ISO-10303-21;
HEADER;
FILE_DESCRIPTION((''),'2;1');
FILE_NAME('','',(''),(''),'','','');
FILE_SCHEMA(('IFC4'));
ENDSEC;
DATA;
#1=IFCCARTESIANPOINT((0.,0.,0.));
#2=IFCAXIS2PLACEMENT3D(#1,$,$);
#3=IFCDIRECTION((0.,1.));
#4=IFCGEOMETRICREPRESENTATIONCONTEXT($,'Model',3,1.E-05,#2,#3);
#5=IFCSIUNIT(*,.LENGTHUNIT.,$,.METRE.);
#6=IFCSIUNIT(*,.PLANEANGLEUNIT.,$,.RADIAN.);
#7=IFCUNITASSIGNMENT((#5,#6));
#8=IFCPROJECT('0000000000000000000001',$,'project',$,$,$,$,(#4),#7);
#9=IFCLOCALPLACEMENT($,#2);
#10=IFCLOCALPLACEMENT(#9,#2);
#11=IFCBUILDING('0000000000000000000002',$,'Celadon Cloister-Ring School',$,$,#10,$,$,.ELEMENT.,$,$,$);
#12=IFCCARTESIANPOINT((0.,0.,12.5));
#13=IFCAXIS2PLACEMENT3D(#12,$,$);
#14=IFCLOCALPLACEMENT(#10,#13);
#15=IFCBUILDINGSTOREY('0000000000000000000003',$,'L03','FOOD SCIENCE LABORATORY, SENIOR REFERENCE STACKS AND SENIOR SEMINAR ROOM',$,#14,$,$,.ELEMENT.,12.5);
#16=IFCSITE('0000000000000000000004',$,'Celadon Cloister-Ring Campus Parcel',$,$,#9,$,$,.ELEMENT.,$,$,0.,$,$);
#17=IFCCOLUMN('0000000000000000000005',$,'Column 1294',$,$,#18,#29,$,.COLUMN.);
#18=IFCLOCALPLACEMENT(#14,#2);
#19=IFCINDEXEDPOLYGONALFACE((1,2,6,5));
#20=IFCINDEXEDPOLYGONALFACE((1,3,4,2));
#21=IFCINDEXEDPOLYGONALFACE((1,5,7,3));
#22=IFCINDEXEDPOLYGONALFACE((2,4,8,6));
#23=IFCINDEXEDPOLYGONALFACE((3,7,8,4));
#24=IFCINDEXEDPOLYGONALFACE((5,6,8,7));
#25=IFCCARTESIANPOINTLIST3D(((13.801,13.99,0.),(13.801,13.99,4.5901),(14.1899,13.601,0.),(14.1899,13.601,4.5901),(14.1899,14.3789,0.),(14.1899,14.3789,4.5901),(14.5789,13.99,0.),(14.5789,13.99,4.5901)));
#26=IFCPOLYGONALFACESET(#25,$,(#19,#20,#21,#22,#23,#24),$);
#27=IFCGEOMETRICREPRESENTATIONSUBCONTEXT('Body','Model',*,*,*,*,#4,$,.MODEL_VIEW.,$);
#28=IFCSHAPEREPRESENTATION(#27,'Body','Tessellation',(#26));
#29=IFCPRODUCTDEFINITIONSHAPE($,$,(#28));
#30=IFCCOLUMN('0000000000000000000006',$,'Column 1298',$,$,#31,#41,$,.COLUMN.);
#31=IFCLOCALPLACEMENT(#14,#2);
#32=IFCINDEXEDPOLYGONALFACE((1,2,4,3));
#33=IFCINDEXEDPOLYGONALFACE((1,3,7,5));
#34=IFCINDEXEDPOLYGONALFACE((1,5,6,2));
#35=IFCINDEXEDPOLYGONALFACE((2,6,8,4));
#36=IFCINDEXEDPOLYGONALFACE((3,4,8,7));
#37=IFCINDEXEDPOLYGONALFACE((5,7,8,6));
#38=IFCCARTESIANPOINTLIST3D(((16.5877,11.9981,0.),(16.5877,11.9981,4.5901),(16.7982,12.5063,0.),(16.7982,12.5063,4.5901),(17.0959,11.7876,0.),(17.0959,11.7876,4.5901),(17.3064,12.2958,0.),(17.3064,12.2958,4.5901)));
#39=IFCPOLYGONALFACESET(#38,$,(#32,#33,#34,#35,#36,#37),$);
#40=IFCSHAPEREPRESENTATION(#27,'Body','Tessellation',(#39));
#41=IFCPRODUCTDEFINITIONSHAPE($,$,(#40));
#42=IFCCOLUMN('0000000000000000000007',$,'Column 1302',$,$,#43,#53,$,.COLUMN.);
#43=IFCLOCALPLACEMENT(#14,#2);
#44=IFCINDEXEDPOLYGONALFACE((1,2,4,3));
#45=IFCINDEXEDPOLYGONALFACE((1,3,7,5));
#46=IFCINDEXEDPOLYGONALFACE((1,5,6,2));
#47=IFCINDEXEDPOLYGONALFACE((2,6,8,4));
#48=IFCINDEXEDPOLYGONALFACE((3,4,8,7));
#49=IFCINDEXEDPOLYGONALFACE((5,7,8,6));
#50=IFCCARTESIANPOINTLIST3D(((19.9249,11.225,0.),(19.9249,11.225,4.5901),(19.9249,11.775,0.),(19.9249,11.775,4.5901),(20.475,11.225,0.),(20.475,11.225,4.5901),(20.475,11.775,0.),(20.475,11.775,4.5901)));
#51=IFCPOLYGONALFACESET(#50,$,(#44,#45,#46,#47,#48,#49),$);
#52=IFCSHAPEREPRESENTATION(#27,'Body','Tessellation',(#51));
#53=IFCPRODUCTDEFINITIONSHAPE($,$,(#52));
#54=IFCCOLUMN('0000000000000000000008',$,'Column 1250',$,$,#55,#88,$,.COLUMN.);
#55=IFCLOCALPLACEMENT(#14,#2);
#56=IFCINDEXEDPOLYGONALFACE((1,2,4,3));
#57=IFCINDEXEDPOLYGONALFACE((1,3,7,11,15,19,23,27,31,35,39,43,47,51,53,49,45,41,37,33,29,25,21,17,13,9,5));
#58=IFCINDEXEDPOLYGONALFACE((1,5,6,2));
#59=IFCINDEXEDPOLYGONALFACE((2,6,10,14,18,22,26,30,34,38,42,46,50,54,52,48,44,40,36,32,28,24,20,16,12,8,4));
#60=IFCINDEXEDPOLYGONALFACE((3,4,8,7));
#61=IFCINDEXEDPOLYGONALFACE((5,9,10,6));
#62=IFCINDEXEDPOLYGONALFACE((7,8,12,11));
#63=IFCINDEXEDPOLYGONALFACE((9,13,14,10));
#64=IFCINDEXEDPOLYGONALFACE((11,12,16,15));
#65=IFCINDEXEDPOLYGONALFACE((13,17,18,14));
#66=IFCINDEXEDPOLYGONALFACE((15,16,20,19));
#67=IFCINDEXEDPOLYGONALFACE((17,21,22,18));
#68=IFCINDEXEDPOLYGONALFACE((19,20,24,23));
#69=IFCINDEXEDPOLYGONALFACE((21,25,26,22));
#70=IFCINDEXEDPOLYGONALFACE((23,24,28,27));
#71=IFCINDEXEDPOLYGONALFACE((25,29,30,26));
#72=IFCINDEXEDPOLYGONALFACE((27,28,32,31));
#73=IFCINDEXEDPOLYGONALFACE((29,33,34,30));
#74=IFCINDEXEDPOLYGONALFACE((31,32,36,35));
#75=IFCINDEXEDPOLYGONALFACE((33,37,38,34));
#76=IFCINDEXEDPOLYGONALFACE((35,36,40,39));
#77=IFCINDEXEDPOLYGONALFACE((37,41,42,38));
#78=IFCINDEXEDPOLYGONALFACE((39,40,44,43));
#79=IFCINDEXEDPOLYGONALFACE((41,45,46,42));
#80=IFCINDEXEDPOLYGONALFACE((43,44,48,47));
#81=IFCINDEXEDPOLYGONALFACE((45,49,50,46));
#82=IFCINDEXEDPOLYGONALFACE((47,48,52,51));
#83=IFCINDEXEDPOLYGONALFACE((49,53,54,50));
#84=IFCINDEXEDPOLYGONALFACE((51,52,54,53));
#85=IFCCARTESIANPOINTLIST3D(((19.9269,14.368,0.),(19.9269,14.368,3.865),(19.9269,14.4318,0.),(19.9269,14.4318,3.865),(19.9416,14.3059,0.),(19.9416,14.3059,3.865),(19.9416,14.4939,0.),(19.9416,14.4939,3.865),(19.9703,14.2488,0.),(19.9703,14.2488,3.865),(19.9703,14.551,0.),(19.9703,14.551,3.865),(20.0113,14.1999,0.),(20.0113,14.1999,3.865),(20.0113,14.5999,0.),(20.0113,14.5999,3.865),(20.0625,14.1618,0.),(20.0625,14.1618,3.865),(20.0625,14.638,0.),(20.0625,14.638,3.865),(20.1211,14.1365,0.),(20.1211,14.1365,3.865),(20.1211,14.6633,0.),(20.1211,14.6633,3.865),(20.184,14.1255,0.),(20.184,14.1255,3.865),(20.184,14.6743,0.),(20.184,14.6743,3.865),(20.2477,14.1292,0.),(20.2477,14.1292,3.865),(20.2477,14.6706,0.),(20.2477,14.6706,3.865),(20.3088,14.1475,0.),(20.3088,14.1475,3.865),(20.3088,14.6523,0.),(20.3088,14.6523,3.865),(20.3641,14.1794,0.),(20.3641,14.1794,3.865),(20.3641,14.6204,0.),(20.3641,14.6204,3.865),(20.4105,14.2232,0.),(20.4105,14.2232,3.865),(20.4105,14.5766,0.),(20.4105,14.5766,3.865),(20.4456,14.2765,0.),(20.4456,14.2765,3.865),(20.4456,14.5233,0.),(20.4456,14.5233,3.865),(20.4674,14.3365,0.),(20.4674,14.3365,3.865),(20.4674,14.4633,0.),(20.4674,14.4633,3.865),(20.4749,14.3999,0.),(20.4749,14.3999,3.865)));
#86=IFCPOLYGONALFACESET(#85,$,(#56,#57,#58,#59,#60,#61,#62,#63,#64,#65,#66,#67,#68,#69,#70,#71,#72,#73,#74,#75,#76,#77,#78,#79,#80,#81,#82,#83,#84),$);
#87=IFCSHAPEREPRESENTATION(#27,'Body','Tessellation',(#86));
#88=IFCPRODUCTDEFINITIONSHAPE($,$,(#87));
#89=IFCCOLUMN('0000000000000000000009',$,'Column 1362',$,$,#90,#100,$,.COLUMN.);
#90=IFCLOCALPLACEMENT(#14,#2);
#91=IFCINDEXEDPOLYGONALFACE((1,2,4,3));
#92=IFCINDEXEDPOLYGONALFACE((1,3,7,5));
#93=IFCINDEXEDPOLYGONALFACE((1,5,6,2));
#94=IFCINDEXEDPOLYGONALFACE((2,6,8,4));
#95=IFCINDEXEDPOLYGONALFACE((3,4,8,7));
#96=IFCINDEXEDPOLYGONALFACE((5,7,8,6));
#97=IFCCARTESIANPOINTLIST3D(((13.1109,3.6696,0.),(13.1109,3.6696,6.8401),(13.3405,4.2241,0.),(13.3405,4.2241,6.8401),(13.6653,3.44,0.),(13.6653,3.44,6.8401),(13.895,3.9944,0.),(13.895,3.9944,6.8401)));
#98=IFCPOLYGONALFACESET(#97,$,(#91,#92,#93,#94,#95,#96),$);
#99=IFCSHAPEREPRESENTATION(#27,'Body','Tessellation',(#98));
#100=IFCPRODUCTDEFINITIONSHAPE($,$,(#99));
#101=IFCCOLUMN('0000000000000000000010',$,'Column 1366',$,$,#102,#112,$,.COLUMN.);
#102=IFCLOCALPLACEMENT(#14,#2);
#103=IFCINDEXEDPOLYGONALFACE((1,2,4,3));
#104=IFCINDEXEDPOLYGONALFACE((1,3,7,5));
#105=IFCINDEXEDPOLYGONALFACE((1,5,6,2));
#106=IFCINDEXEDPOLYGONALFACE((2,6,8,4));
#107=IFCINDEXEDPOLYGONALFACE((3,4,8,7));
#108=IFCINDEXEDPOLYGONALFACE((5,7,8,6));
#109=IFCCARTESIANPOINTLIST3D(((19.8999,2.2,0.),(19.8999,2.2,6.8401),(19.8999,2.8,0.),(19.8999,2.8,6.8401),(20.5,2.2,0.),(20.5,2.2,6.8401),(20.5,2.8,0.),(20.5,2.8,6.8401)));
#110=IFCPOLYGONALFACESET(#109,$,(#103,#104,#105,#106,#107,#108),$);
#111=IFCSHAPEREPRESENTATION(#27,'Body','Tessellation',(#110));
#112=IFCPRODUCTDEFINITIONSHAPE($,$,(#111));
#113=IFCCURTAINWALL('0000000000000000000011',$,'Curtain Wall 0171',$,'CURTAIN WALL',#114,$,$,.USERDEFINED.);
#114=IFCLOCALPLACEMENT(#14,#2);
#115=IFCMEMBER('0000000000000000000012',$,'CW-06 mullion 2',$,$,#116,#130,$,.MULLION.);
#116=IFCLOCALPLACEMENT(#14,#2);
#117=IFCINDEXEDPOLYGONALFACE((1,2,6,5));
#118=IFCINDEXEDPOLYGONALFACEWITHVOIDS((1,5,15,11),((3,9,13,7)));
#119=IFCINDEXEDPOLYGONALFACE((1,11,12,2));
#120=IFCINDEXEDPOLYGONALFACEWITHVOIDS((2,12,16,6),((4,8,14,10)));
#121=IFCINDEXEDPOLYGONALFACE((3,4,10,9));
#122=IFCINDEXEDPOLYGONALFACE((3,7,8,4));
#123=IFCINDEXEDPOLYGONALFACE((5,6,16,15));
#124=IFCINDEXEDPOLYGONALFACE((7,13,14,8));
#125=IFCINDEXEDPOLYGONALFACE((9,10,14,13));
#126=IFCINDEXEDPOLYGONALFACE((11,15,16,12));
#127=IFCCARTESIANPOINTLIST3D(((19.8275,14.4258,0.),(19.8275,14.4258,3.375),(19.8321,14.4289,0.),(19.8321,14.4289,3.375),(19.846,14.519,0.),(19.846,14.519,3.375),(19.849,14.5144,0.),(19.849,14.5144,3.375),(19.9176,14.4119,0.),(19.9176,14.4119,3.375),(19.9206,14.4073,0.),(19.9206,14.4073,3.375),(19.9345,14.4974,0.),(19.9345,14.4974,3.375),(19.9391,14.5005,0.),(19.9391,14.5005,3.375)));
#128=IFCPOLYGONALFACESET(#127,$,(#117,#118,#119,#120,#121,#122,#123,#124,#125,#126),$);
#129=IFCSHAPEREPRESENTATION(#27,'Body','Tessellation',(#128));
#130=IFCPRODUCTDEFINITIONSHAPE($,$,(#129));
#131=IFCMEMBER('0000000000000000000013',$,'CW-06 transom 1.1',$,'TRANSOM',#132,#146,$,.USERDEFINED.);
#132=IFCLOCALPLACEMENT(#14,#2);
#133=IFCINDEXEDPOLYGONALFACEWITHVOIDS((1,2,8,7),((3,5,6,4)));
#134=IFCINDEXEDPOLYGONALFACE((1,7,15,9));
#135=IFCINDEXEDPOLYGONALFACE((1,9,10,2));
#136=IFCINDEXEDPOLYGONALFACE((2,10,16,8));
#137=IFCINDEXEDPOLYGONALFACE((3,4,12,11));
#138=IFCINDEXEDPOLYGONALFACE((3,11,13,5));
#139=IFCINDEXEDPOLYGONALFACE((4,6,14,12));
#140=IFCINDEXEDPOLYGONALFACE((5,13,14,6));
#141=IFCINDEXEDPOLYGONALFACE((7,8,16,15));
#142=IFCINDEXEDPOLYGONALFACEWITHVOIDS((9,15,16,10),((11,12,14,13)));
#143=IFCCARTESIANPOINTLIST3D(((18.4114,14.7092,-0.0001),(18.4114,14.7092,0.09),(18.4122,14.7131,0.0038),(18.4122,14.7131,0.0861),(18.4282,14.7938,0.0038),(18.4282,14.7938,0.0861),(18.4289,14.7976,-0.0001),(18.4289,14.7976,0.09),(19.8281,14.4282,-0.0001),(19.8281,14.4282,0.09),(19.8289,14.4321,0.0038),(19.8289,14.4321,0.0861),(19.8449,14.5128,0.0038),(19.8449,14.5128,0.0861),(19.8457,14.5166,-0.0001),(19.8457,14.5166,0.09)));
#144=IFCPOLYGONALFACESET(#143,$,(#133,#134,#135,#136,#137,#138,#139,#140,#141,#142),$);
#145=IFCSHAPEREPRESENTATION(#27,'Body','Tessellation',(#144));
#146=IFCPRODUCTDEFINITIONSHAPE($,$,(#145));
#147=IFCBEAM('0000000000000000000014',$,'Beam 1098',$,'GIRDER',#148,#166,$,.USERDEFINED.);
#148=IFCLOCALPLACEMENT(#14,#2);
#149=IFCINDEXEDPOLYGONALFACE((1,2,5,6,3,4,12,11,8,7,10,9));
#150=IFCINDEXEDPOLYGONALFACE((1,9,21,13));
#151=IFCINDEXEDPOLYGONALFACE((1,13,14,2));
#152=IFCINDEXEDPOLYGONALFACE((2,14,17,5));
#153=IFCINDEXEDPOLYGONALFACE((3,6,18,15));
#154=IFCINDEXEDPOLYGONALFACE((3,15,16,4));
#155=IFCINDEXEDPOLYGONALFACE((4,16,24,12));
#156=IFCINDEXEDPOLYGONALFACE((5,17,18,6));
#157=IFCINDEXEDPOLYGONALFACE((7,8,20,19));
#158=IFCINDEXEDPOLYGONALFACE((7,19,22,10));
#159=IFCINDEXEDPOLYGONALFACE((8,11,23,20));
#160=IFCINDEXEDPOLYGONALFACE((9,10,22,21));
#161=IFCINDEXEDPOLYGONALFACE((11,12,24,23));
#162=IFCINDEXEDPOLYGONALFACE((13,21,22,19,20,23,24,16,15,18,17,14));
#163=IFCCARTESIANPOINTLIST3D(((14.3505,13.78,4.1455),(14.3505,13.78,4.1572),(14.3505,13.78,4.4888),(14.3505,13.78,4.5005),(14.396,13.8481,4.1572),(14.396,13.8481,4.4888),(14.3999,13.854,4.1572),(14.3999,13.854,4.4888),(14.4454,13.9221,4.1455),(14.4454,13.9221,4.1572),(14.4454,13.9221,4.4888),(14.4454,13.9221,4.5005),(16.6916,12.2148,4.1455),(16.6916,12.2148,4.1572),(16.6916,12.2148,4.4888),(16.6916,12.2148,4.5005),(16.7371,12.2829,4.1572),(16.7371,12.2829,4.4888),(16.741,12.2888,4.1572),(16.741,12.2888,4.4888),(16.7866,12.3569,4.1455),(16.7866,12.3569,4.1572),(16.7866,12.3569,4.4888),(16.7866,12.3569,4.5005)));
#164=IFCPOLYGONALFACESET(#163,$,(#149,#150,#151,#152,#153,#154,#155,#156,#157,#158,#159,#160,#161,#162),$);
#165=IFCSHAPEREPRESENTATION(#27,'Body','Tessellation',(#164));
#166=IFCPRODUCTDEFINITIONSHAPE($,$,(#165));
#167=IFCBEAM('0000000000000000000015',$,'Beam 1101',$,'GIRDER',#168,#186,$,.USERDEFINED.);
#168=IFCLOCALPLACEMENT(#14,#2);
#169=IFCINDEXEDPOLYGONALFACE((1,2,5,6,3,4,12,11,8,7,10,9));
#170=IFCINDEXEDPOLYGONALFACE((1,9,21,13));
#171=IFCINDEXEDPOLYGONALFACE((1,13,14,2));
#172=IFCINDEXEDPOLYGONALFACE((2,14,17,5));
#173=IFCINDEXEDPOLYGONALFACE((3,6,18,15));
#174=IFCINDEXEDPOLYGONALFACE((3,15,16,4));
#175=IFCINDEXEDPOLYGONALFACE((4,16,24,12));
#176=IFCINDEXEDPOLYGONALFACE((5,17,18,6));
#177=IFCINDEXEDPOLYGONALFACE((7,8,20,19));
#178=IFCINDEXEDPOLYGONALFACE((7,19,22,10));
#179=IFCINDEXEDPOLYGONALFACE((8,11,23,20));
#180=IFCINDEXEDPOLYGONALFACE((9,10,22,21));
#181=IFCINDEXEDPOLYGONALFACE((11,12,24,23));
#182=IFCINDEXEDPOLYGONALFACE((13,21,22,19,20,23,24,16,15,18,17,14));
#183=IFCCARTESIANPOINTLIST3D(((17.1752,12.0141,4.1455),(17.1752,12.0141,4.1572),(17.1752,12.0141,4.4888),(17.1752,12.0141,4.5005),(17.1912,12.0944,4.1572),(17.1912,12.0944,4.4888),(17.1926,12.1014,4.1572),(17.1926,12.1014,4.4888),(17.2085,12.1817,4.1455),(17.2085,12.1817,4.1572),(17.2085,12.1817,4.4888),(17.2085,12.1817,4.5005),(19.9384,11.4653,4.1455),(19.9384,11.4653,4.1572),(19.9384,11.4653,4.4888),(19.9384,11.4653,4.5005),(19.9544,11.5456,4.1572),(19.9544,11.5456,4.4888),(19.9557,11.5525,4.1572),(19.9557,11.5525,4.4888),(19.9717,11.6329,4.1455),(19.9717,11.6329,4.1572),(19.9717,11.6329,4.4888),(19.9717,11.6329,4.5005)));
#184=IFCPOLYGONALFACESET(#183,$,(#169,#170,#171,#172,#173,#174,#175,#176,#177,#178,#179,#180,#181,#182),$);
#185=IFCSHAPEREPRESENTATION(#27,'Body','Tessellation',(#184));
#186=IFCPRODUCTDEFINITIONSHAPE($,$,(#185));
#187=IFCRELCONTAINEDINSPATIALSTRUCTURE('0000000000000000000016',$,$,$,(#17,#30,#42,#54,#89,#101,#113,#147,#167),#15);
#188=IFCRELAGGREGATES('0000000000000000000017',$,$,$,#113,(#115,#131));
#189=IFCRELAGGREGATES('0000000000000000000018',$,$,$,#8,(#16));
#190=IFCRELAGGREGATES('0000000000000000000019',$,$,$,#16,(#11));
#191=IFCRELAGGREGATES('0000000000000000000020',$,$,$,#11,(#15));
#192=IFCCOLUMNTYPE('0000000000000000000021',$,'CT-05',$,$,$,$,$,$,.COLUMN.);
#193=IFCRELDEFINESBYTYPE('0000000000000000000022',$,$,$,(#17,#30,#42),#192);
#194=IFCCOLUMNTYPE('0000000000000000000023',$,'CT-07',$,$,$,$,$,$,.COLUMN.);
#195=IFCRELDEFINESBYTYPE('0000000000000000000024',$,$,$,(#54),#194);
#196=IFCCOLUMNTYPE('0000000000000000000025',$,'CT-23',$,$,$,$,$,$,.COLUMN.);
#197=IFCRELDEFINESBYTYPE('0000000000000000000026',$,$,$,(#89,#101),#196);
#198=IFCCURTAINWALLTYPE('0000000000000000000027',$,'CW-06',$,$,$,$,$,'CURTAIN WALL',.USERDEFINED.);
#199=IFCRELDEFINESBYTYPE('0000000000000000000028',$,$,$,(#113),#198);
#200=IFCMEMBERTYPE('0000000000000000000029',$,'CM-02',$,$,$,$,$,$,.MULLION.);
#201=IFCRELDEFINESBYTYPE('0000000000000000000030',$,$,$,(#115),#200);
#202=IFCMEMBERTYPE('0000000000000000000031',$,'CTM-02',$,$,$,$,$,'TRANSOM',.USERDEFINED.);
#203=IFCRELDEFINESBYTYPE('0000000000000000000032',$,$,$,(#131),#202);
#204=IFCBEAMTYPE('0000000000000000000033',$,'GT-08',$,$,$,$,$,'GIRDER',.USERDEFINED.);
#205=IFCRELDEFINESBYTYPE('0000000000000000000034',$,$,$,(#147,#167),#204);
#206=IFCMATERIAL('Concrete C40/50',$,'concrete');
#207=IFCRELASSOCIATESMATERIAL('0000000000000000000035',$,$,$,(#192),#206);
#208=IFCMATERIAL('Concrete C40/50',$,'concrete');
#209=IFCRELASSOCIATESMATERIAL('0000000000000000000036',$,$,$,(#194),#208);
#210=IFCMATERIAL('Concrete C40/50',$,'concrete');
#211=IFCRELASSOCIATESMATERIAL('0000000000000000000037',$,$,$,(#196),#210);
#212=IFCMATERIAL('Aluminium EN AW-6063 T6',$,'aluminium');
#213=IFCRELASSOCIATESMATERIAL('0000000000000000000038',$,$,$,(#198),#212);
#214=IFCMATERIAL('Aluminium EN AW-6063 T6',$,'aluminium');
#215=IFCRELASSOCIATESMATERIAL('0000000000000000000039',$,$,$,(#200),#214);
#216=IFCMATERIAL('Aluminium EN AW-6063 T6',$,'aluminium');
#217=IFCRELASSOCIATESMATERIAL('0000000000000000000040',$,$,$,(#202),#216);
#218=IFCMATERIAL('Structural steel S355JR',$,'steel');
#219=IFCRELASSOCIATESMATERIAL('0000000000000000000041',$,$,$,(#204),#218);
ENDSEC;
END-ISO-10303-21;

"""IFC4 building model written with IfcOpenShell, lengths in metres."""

from ifc_helpers import new_model, si_unit, direction, frame, origin, origin_2d, place, context, subcontext, project, spatial, rectangle, hollow_rectangle, circle, i_section, extrude, material, material_profile, profile_set, type_object, element, aggregate, save


model = new_model("IFC4")

# Units and contexts
model_context = context("Model", 3, precision=1e-05, world=origin(), true_north=direction((0.0, 1.0)))
body_context = subcontext(model_context, "Body", "Model", "MODEL_VIEW")
ifc_project = project(units=[si_unit("LENGTHUNIT", "METRE"), si_unit("PLANEANGLEUNIT", "RADIAN")], contexts=[model_context])

# Site, building, storey
site_placement = place(None, origin())
site = spatial("IfcSite", under=ifc_project, at=site_placement, Name="Celadon Cloister-Ring Campus Parcel", CompositionType="ELEMENT", RefElevation=0.0)
building_placement = place(site_placement, origin())
building = spatial("IfcBuilding", under=site, at=building_placement, Name="Celadon Cloister-Ring School", CompositionType="ELEMENT")
storey_placement = place(building_placement, frame((0.0, 0.0, 12.5)))
storey = spatial("IfcBuildingStorey", under=building, at=storey_placement, Name="L03", Description="FOOD SCIENCE LABORATORY, SENIOR REFERENCE STACKS AND SENIOR SEMINAR ROOM", CompositionType="ELEMENT", Elevation=12.5)

# Columns
ifc_material_1 = material(Name="Concrete C40/50", Category="concrete")
ifc_material_profile_1 = material_profile(ifc_material_1, rectangle(XDim=0.55, YDim=0.55, at=origin_2d()), Name="RC550X550")
ifc_profile_set_1 = profile_set([ifc_material_profile_1], Name="Concrete C40/50")
column_type_1 = type_object("IfcColumnType", Name="CT-05", PredefinedType="COLUMN", material=ifc_profile_set_1)
for number, where, z_axis, x_axis, name in (
    (1, (14.1899, 13.99, 0.0), (0.0, 0.0, 1.0), (-0.707107, -0.707107, 0.0), "Column 1294"),
    (2, (16.947, 12.147, 0.0), (0.0, 0.0, 1.0), (-0.382683, -0.92388, 0.0), "Column 1298"),
    (3, (20.2, 11.5, 0.0), (0.0, 0.0, 1.0), (0.0, -1.0, 0.0), "Column 1302"),
):
    element("IfcColumn", number, at=place(storey_placement, frame(where, z_axis=z_axis, x_axis=x_axis)), inside=storey, type_object=column_type_1, Name=name, PredefinedType="COLUMN", context=body_context, shape_type="SweptSolid", body=[
        extrude(rectangle(XDim=0.55, YDim=0.55, at=origin_2d()), origin(), (0.0, 0.0, 1.0), 4.5901),
    ])
ifc_material_2 = material(Name="Concrete C40/50", Category="concrete")
ifc_material_profile_2 = material_profile(ifc_material_2, circle(Radius=0.2749, at=origin_2d()), Name="CIRC550")
ifc_profile_set_2 = profile_set([ifc_material_profile_2], Name="Concrete C40/50")
column_type_2 = type_object("IfcColumnType", Name="CT-07", PredefinedType="COLUMN", material=ifc_profile_set_2)
column_placement = place(storey_placement, frame((20.2, 14.3999, 0.0), z_axis=(0.0, 0.0, 1.0), x_axis=(1.0, 0.0, 0.0)))
element("IfcColumn", 4, at=column_placement, inside=storey, type_object=column_type_2, Name="Column 1250", PredefinedType="COLUMN", context=body_context, shape_type="SweptSolid", body=[
    extrude(circle(Radius=0.2749, at=origin_2d()), origin(), (0.0, 0.0, 1.0), 3.865),
])
ifc_material_3 = material(Name="Concrete C40/50", Category="concrete")
ifc_material_profile_3 = material_profile(ifc_material_3, rectangle(XDim=0.6001, YDim=0.6001, at=origin_2d()), Name="RC600X600")
ifc_profile_set_3 = profile_set([ifc_material_profile_3], Name="Concrete C40/50")
column_type_3 = type_object("IfcColumnType", Name="CT-23", PredefinedType="COLUMN", material=ifc_profile_set_3)
for number, where, z_axis, x_axis, name in (
    (5, (13.5029, 3.832, 0.0), (0.0, 0.0, 1.0), (-0.382683, -0.92388, 0.0), "Column 1362"),
    (6, (20.2, 2.5, 0.0), (0.0, 0.0, 1.0), (0.0, -1.0, 0.0), "Column 1366"),
):
    element("IfcColumn", number, at=place(storey_placement, frame(where, z_axis=z_axis, x_axis=x_axis)), inside=storey, type_object=column_type_3, Name=name, PredefinedType="COLUMN", context=body_context, shape_type="SweptSolid", body=[
        extrude(rectangle(XDim=0.6001, YDim=0.6001, at=origin_2d()), origin(), (0.0, 0.0, 1.0), 6.8401),
    ])

# Curtain wall, members
ifc_material_4 = material(Name="Aluminium EN AW-6063 T6", Category="aluminium")
curtain_wall_type = type_object("IfcCurtainWallType", Name="CW-06", ElementType="CURTAIN WALL", PredefinedType="USERDEFINED", material=ifc_material_4)
curtain_wall_placement = place(storey_placement, origin())
curtain_wall = element("IfcCurtainWall", 7, at=curtain_wall_placement, inside=storey, type_object=curtain_wall_type, Name="Curtain Wall 0171", ObjectType="CURTAIN WALL", PredefinedType="USERDEFINED")
ifc_material_5 = material(Name="Aluminium EN AW-6063 T6", Category="aluminium")
ifc_material_profile_4 = material_profile(ifc_material_5, hollow_rectangle(XDim=0.095, YDim=0.095, WallThickness=0.0039, at=origin_2d()), Name="RHS95X95X4")
ifc_profile_set_4 = profile_set([ifc_material_profile_4], Name="Aluminium EN AW-6063 T6")
member_type_1 = type_object("IfcMemberType", Name="CM-02", PredefinedType="MULLION", material=ifc_profile_set_4)
member_1_placement = place(storey_placement, frame((19.8833, 14.4631, 0.0), z_axis=(0.0, 0.0, 1.0), x_axis=(0.194586, 0.980885, 0.0)))
member_1 = element("IfcMember", 8, at=member_1_placement, type_object=member_type_1, Name="CW-06 mullion 2", PredefinedType="MULLION", context=body_context, shape_type="SweptSolid", body=[
    extrude(hollow_rectangle(XDim=0.095, YDim=0.095, WallThickness=0.0039, at=origin_2d()), origin(), (0.0, 0.0, 1.0), 3.375),
])
ifc_material_6 = material(Name="Aluminium EN AW-6063 T6", Category="aluminium")
ifc_material_profile_5 = material_profile(ifc_material_6, hollow_rectangle(XDim=0.0901, YDim=0.0901, WallThickness=0.0039, at=origin_2d()), Name="RHS90X90X4")
ifc_profile_set_5 = profile_set([ifc_material_profile_5], Name="Aluminium EN AW-6063 T6")
member_type_2 = type_object("IfcMemberType", Name="CTM-02", ElementType="TRANSOM", PredefinedType="USERDEFINED", material=ifc_profile_set_5)
member_2_placement = place(storey_placement, frame((18.4202, 14.7534, 0.0449), z_axis=(0.980891, -0.194556, 0.0), x_axis=(0.194556, 0.980891, 0.0)))
member_2 = element("IfcMember", 9, at=member_2_placement, type_object=member_type_2, Name="CW-06 transom 1.1", ObjectType="TRANSOM", PredefinedType="USERDEFINED", context=body_context, shape_type="SweptSolid", body=[
    extrude(hollow_rectangle(XDim=0.0901, YDim=0.0901, WallThickness=0.0039, at=origin_2d()), origin(), (0.0, 0.0, 1.0), 1.4443),
])

# Beams
ifc_material_7 = material(Name="Structural steel S355JR", Category="steel")
ifc_material_profile_6 = material_profile(ifc_material_7, i_section(OverallWidth=0.1709, OverallDepth=0.355, WebThickness=0.0071, FlangeThickness=0.0117, at=origin_2d()), Name="W360X51")
ifc_profile_set_6 = profile_set([ifc_material_profile_6], Name="Structural steel S355JR")
beam_type_1 = type_object("IfcBeamType", Name="GT-08", ElementType="GIRDER", PredefinedType="USERDEFINED", material=ifc_profile_set_6)
beam_1_placement = place(storey_placement, frame((14.3979, 13.8511, 4.323), z_axis=(0.831316, -0.5558, 0.0), x_axis=(0.5558, 0.831316, 0.0)))
element("IfcBeam", 10, at=beam_1_placement, inside=storey, type_object=beam_type_1, Name="Beam 1098", ObjectType="GIRDER", PredefinedType="USERDEFINED", context=body_context, shape_type="SweptSolid", body=[
    extrude(i_section(OverallWidth=0.1709, OverallDepth=0.355, WebThickness=0.0071, FlangeThickness=0.0117, at=origin_2d()), origin(), (0.0, 0.0, 1.0), 2.8162),
])
beam_2_placement = place(storey_placement, frame((17.1919, 12.0979, 4.323), z_axis=(0.98084, -0.194816, 0.0), x_axis=(0.194816, 0.98084, 0.0)))
element("IfcBeam", 11, at=beam_2_placement, inside=storey, type_object=beam_type_1, Name="Beam 1101", ObjectType="GIRDER", PredefinedType="USERDEFINED", context=body_context, shape_type="SweptSolid", body=[
    extrude(i_section(OverallWidth=0.1709, OverallDepth=0.355, WebThickness=0.0071, FlangeThickness=0.0117, at=origin_2d()), origin(), (0.0, 0.0, 1.0), 2.8171),
])

aggregate(curtain_wall, [member_1, member_2])

save(model, "model.ifc")
